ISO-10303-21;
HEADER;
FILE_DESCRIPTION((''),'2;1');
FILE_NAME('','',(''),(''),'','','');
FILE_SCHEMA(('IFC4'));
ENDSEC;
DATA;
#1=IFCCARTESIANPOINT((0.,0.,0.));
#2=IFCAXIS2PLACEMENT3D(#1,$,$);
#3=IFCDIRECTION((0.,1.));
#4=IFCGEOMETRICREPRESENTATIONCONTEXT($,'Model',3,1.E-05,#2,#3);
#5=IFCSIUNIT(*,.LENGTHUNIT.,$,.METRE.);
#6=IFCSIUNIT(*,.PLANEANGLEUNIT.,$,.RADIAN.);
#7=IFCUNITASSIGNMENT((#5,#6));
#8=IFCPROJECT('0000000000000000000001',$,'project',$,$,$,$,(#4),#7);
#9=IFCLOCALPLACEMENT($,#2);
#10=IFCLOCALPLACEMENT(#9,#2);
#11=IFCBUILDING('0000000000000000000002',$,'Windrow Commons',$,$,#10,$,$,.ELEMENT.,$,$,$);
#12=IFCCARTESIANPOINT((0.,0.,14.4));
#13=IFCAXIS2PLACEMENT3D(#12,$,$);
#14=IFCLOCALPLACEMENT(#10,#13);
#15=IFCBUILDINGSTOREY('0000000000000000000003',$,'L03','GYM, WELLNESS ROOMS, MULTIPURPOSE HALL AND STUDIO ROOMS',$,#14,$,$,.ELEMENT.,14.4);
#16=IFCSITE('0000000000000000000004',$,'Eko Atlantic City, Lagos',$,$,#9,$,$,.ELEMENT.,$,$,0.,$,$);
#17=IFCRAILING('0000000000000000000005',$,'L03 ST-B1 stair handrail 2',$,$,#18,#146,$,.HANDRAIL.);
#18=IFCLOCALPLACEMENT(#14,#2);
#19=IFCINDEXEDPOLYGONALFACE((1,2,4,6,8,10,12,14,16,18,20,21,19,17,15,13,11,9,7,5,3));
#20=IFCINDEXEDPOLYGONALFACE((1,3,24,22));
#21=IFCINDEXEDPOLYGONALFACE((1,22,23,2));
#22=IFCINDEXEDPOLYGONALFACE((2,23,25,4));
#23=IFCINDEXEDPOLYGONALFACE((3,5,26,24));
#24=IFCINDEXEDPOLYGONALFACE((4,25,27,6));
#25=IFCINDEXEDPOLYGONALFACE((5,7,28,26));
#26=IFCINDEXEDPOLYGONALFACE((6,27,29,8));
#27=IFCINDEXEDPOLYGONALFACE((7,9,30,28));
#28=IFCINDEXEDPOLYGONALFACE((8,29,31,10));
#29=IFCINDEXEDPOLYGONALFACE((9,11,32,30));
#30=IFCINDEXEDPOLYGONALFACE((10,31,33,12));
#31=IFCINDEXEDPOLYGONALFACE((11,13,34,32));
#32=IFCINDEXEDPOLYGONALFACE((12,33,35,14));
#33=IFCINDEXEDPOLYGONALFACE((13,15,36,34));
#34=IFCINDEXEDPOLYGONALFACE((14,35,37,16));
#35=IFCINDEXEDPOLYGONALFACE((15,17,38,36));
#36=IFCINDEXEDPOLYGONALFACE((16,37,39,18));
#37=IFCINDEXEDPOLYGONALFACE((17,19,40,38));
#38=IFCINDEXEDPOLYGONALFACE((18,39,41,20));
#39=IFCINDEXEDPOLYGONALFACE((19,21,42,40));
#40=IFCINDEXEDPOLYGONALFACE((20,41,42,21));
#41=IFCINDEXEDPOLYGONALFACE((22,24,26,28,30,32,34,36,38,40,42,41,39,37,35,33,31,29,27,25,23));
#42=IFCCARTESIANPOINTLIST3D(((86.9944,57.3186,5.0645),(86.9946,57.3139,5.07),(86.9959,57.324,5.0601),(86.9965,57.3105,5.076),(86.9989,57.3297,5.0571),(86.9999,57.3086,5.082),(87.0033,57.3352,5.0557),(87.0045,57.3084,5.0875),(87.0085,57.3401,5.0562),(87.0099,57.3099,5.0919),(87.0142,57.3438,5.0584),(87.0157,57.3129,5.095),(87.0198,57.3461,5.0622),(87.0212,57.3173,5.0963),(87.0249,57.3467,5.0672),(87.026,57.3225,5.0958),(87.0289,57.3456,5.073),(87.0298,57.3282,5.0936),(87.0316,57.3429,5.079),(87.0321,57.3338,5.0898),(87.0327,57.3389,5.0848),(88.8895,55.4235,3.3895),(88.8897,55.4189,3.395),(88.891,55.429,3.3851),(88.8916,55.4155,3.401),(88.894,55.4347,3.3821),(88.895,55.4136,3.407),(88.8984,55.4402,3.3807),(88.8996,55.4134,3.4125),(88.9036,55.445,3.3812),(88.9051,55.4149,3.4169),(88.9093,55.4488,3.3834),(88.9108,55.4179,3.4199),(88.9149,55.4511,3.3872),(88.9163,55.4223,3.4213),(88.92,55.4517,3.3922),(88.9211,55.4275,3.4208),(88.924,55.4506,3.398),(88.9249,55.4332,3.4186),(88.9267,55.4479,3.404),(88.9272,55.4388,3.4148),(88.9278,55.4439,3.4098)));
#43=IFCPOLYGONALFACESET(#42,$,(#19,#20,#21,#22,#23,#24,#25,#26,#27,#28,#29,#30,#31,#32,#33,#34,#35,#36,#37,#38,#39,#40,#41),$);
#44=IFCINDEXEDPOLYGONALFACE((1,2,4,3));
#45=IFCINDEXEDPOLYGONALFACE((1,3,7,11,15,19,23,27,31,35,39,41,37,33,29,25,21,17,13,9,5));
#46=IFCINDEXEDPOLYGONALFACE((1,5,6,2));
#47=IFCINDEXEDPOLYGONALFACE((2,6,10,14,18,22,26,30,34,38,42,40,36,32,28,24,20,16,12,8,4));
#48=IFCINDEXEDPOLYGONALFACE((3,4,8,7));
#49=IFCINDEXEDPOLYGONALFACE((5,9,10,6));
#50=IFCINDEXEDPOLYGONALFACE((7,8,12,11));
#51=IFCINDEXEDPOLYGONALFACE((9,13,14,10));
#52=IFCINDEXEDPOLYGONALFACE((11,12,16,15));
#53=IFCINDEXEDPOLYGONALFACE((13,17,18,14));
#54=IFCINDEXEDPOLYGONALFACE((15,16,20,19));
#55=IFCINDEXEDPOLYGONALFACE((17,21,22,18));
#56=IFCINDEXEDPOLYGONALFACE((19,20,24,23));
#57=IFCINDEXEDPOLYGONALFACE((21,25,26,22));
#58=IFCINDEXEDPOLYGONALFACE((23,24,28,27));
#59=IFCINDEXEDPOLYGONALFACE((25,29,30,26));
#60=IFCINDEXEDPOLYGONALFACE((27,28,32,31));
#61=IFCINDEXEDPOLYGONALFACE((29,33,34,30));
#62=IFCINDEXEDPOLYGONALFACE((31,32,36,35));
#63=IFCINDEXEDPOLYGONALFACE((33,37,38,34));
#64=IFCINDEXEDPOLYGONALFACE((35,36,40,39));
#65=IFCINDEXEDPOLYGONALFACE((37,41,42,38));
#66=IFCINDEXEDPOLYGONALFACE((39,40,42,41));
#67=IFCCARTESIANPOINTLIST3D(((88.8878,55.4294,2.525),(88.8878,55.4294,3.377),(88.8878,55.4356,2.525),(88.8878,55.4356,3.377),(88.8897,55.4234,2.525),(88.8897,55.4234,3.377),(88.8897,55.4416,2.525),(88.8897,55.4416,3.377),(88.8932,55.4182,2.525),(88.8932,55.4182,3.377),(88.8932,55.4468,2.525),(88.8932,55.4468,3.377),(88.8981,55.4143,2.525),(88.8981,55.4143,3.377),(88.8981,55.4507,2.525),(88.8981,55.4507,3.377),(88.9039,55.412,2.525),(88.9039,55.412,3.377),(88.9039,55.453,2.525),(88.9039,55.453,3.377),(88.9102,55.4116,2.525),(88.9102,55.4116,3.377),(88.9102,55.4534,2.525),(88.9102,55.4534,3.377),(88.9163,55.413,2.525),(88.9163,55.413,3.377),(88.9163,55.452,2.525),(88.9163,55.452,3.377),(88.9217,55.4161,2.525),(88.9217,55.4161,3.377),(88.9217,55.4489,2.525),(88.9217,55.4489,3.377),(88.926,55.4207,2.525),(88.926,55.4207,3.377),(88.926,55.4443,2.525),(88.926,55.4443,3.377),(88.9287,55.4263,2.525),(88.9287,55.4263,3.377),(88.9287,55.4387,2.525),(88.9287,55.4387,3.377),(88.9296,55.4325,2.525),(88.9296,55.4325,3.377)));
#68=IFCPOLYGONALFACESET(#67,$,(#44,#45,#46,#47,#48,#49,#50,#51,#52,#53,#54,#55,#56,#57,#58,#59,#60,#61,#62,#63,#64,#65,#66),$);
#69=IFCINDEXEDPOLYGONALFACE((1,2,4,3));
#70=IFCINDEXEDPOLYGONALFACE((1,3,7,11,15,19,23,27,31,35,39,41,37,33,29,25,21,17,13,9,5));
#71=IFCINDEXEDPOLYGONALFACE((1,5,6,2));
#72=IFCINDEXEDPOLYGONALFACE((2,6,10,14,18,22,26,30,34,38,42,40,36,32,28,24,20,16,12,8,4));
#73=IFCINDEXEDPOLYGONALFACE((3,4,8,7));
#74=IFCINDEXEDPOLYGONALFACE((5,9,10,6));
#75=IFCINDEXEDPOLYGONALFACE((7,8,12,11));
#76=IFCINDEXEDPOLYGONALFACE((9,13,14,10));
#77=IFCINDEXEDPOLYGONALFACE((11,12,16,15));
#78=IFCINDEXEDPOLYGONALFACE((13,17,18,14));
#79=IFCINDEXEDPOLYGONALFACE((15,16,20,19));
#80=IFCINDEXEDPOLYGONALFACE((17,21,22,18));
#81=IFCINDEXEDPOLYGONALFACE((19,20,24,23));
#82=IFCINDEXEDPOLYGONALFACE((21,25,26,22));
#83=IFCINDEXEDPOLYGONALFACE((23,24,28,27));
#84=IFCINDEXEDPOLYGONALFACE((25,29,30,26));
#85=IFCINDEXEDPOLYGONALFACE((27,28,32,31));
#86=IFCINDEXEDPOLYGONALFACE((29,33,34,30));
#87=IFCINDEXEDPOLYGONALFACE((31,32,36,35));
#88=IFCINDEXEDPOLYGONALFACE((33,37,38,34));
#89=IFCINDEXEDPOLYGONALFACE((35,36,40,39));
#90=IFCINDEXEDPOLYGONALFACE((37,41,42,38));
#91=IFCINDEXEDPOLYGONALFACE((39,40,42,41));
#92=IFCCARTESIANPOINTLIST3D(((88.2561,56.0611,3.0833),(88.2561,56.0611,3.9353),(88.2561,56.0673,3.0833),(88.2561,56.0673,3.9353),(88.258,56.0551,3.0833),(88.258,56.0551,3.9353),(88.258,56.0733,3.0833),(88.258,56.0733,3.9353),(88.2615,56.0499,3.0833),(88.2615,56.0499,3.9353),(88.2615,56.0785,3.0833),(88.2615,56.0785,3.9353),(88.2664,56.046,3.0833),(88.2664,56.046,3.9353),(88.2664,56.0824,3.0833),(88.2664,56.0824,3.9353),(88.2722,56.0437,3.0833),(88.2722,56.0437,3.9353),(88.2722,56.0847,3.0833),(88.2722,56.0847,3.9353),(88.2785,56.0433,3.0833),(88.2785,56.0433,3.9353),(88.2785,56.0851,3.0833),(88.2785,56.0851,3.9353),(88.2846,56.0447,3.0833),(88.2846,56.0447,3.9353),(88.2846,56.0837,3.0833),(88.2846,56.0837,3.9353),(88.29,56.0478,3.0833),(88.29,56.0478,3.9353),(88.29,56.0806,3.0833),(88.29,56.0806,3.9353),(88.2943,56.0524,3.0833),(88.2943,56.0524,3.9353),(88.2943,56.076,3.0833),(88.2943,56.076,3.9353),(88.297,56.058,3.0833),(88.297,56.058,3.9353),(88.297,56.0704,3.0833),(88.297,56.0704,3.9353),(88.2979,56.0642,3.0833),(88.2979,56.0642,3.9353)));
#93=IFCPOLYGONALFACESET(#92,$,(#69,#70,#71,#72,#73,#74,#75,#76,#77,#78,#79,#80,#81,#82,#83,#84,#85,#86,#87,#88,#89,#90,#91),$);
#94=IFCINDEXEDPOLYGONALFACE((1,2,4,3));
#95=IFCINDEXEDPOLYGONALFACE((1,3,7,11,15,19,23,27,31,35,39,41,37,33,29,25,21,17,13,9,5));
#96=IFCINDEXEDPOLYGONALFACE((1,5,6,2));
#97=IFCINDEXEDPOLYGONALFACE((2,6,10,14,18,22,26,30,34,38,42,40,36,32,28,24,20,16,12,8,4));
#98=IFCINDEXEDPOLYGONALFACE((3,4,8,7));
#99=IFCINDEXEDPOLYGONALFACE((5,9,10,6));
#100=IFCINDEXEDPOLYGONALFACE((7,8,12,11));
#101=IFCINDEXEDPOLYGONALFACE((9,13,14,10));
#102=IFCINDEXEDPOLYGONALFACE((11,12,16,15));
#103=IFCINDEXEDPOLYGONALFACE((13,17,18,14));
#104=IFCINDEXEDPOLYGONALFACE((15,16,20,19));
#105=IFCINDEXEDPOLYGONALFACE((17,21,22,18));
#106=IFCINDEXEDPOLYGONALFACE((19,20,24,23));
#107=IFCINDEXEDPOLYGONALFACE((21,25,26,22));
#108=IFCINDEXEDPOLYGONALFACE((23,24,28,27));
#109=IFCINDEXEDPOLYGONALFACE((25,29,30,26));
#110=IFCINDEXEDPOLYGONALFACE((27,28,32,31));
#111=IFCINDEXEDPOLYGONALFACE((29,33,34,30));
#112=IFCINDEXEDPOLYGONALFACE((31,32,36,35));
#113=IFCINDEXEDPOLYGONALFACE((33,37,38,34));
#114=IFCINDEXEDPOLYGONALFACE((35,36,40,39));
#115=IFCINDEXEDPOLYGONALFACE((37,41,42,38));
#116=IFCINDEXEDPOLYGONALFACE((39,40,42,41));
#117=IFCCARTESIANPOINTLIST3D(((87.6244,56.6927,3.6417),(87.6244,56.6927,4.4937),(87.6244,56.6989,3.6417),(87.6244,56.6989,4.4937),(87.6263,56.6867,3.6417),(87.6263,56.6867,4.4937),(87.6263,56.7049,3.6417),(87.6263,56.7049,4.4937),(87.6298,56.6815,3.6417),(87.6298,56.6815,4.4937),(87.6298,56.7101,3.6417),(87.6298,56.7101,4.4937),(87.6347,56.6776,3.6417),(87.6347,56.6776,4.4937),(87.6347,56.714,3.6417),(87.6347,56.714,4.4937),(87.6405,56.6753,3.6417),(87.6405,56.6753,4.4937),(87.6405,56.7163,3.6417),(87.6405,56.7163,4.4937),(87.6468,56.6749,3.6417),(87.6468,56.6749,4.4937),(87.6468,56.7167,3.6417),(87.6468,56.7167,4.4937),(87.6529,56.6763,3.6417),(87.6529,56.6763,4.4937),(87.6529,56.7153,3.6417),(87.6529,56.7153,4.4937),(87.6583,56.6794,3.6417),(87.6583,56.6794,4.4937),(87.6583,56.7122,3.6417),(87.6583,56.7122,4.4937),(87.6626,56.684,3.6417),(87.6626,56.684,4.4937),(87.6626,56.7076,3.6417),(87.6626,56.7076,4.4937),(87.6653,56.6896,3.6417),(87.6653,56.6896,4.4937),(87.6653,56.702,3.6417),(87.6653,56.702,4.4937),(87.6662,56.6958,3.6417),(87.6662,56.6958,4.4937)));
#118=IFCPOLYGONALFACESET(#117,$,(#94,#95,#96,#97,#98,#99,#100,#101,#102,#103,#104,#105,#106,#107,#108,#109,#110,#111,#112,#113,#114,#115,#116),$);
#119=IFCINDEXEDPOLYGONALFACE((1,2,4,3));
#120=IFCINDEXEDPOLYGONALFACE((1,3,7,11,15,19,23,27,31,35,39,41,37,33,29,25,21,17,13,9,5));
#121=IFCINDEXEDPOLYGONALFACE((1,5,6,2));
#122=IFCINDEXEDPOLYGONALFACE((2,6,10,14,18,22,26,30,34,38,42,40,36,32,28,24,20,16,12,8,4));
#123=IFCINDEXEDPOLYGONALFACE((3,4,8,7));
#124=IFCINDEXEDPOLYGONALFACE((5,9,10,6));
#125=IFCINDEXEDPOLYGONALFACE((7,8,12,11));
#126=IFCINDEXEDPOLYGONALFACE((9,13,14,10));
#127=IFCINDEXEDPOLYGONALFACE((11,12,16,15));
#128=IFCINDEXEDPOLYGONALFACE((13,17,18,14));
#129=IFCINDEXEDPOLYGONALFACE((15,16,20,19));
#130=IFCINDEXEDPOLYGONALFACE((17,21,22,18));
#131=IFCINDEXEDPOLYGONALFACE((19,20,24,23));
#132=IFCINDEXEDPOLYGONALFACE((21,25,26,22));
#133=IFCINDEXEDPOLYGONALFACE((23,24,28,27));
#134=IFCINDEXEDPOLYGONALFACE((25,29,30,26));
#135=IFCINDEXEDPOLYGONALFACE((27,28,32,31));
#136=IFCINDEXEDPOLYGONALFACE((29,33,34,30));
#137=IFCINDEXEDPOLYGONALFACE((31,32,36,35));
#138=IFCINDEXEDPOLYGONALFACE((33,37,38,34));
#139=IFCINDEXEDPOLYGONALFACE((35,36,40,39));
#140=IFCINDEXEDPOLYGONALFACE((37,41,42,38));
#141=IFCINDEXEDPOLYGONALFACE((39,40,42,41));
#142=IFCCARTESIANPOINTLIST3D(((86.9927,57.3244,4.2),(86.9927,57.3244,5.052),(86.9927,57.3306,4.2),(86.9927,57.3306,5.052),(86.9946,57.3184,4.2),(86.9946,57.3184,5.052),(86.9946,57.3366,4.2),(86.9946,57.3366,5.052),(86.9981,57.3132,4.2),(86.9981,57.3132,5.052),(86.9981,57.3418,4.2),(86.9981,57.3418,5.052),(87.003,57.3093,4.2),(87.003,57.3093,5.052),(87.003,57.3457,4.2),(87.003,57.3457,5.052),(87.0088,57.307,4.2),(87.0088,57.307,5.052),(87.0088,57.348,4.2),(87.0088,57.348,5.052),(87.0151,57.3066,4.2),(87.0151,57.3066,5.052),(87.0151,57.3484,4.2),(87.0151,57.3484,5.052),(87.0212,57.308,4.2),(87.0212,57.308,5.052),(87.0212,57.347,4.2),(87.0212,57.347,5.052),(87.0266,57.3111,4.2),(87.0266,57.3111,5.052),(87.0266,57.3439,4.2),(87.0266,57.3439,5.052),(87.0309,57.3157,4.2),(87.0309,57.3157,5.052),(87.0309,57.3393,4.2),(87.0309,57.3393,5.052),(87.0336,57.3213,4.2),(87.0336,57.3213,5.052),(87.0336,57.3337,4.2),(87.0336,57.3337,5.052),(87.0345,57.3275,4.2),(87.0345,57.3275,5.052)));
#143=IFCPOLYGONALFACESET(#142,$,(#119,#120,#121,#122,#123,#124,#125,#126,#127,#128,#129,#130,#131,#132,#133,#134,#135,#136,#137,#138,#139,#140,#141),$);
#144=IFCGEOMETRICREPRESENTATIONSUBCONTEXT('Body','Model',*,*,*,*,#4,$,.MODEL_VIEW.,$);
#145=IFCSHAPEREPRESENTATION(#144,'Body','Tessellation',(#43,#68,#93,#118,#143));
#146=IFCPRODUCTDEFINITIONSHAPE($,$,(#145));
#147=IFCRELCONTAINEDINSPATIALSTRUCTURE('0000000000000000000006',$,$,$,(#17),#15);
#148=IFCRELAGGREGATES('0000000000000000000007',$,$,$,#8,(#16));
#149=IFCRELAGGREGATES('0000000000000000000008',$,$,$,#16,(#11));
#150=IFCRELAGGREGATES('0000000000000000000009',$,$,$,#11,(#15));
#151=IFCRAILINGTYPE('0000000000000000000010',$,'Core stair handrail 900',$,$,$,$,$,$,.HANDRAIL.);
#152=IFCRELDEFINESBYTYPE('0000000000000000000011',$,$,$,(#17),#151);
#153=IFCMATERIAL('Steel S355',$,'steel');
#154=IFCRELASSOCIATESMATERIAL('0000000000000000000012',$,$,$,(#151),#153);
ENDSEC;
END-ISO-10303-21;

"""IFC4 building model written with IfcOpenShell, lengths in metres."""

from ifc_helpers import new_model, si_unit, direction, frame, origin, origin_2d, place, context, subcontext, project, spatial, circle, extrude, material, type_object, element, save


model = new_model("IFC4")

# Units and contexts
model_context = context("Model", 3, precision=1e-05, world=origin(), true_north=direction((0.0, 1.0)))
body_context = subcontext(model_context, "Body", "Model", "MODEL_VIEW")
ifc_project = project(units=[si_unit("LENGTHUNIT", "METRE"), si_unit("PLANEANGLEUNIT", "RADIAN")], contexts=[model_context])

# Site, building, storey
site_placement = place(None, origin())
site = spatial("IfcSite", under=ifc_project, at=site_placement, Name="Eko Atlantic City, Lagos", CompositionType="ELEMENT", RefElevation=0.0)
building_placement = place(site_placement, origin())
building = spatial("IfcBuilding", under=site, at=building_placement, Name="Windrow Commons", CompositionType="ELEMENT")
storey_placement = place(building_placement, frame((0.0, 0.0, 14.4)))
storey = spatial("IfcBuildingStorey", under=building, at=storey_placement, Name="L03", Description="GYM, WELLNESS ROOMS, MULTIPURPOSE HALL AND STUDIO ROOMS", CompositionType="ELEMENT", Elevation=14.4)

# Railing
ifc_material_1 = material(Name="Steel S355", Category="steel")
railing_type_1 = type_object("IfcRailingType", Name="Core stair handrail 900", PredefinedType="HANDRAIL", material=ifc_material_1)
for number, where, name in (
    (1, (88.9086, 55.4325, 2.525), "L03 ST-B1 stair handrail 2"),
):
    element("IfcRailing", number, at=place(storey_placement, frame(where)), inside=storey, type_object=railing_type_1, Name=name, PredefinedType="HANDRAIL", context=body_context, shape_type="SweptSolid", body=[
        extrude(circle(Radius=0.024, at=origin_2d()), frame((0.0, 0.0, 0.876), z_axis=(-0.599642, 0.59961, 0.529998), x_axis=(-0.707088, -0.707125, 0.0)), (0.0, 0.0, 1.0), 3.1604),
        extrude(circle(Radius=0.021, at=origin_2d()), origin(), (0.0, 0.0, 1.0), 0.852),
        extrude(circle(Radius=0.021, at=origin_2d()), frame((-0.6317, 0.6317, 0.5583)), (0.0, 0.0, 1.0), 0.852),
        extrude(circle(Radius=0.021, at=origin_2d()), frame((-1.2634, 1.2633, 1.1167)), (0.0, 0.0, 1.0), 0.852),
        extrude(circle(Radius=0.021, at=origin_2d()), frame((-1.8951, 1.895, 1.675)), (0.0, 0.0, 1.0), 0.852),
    ])

save(model, "model.ifc")
